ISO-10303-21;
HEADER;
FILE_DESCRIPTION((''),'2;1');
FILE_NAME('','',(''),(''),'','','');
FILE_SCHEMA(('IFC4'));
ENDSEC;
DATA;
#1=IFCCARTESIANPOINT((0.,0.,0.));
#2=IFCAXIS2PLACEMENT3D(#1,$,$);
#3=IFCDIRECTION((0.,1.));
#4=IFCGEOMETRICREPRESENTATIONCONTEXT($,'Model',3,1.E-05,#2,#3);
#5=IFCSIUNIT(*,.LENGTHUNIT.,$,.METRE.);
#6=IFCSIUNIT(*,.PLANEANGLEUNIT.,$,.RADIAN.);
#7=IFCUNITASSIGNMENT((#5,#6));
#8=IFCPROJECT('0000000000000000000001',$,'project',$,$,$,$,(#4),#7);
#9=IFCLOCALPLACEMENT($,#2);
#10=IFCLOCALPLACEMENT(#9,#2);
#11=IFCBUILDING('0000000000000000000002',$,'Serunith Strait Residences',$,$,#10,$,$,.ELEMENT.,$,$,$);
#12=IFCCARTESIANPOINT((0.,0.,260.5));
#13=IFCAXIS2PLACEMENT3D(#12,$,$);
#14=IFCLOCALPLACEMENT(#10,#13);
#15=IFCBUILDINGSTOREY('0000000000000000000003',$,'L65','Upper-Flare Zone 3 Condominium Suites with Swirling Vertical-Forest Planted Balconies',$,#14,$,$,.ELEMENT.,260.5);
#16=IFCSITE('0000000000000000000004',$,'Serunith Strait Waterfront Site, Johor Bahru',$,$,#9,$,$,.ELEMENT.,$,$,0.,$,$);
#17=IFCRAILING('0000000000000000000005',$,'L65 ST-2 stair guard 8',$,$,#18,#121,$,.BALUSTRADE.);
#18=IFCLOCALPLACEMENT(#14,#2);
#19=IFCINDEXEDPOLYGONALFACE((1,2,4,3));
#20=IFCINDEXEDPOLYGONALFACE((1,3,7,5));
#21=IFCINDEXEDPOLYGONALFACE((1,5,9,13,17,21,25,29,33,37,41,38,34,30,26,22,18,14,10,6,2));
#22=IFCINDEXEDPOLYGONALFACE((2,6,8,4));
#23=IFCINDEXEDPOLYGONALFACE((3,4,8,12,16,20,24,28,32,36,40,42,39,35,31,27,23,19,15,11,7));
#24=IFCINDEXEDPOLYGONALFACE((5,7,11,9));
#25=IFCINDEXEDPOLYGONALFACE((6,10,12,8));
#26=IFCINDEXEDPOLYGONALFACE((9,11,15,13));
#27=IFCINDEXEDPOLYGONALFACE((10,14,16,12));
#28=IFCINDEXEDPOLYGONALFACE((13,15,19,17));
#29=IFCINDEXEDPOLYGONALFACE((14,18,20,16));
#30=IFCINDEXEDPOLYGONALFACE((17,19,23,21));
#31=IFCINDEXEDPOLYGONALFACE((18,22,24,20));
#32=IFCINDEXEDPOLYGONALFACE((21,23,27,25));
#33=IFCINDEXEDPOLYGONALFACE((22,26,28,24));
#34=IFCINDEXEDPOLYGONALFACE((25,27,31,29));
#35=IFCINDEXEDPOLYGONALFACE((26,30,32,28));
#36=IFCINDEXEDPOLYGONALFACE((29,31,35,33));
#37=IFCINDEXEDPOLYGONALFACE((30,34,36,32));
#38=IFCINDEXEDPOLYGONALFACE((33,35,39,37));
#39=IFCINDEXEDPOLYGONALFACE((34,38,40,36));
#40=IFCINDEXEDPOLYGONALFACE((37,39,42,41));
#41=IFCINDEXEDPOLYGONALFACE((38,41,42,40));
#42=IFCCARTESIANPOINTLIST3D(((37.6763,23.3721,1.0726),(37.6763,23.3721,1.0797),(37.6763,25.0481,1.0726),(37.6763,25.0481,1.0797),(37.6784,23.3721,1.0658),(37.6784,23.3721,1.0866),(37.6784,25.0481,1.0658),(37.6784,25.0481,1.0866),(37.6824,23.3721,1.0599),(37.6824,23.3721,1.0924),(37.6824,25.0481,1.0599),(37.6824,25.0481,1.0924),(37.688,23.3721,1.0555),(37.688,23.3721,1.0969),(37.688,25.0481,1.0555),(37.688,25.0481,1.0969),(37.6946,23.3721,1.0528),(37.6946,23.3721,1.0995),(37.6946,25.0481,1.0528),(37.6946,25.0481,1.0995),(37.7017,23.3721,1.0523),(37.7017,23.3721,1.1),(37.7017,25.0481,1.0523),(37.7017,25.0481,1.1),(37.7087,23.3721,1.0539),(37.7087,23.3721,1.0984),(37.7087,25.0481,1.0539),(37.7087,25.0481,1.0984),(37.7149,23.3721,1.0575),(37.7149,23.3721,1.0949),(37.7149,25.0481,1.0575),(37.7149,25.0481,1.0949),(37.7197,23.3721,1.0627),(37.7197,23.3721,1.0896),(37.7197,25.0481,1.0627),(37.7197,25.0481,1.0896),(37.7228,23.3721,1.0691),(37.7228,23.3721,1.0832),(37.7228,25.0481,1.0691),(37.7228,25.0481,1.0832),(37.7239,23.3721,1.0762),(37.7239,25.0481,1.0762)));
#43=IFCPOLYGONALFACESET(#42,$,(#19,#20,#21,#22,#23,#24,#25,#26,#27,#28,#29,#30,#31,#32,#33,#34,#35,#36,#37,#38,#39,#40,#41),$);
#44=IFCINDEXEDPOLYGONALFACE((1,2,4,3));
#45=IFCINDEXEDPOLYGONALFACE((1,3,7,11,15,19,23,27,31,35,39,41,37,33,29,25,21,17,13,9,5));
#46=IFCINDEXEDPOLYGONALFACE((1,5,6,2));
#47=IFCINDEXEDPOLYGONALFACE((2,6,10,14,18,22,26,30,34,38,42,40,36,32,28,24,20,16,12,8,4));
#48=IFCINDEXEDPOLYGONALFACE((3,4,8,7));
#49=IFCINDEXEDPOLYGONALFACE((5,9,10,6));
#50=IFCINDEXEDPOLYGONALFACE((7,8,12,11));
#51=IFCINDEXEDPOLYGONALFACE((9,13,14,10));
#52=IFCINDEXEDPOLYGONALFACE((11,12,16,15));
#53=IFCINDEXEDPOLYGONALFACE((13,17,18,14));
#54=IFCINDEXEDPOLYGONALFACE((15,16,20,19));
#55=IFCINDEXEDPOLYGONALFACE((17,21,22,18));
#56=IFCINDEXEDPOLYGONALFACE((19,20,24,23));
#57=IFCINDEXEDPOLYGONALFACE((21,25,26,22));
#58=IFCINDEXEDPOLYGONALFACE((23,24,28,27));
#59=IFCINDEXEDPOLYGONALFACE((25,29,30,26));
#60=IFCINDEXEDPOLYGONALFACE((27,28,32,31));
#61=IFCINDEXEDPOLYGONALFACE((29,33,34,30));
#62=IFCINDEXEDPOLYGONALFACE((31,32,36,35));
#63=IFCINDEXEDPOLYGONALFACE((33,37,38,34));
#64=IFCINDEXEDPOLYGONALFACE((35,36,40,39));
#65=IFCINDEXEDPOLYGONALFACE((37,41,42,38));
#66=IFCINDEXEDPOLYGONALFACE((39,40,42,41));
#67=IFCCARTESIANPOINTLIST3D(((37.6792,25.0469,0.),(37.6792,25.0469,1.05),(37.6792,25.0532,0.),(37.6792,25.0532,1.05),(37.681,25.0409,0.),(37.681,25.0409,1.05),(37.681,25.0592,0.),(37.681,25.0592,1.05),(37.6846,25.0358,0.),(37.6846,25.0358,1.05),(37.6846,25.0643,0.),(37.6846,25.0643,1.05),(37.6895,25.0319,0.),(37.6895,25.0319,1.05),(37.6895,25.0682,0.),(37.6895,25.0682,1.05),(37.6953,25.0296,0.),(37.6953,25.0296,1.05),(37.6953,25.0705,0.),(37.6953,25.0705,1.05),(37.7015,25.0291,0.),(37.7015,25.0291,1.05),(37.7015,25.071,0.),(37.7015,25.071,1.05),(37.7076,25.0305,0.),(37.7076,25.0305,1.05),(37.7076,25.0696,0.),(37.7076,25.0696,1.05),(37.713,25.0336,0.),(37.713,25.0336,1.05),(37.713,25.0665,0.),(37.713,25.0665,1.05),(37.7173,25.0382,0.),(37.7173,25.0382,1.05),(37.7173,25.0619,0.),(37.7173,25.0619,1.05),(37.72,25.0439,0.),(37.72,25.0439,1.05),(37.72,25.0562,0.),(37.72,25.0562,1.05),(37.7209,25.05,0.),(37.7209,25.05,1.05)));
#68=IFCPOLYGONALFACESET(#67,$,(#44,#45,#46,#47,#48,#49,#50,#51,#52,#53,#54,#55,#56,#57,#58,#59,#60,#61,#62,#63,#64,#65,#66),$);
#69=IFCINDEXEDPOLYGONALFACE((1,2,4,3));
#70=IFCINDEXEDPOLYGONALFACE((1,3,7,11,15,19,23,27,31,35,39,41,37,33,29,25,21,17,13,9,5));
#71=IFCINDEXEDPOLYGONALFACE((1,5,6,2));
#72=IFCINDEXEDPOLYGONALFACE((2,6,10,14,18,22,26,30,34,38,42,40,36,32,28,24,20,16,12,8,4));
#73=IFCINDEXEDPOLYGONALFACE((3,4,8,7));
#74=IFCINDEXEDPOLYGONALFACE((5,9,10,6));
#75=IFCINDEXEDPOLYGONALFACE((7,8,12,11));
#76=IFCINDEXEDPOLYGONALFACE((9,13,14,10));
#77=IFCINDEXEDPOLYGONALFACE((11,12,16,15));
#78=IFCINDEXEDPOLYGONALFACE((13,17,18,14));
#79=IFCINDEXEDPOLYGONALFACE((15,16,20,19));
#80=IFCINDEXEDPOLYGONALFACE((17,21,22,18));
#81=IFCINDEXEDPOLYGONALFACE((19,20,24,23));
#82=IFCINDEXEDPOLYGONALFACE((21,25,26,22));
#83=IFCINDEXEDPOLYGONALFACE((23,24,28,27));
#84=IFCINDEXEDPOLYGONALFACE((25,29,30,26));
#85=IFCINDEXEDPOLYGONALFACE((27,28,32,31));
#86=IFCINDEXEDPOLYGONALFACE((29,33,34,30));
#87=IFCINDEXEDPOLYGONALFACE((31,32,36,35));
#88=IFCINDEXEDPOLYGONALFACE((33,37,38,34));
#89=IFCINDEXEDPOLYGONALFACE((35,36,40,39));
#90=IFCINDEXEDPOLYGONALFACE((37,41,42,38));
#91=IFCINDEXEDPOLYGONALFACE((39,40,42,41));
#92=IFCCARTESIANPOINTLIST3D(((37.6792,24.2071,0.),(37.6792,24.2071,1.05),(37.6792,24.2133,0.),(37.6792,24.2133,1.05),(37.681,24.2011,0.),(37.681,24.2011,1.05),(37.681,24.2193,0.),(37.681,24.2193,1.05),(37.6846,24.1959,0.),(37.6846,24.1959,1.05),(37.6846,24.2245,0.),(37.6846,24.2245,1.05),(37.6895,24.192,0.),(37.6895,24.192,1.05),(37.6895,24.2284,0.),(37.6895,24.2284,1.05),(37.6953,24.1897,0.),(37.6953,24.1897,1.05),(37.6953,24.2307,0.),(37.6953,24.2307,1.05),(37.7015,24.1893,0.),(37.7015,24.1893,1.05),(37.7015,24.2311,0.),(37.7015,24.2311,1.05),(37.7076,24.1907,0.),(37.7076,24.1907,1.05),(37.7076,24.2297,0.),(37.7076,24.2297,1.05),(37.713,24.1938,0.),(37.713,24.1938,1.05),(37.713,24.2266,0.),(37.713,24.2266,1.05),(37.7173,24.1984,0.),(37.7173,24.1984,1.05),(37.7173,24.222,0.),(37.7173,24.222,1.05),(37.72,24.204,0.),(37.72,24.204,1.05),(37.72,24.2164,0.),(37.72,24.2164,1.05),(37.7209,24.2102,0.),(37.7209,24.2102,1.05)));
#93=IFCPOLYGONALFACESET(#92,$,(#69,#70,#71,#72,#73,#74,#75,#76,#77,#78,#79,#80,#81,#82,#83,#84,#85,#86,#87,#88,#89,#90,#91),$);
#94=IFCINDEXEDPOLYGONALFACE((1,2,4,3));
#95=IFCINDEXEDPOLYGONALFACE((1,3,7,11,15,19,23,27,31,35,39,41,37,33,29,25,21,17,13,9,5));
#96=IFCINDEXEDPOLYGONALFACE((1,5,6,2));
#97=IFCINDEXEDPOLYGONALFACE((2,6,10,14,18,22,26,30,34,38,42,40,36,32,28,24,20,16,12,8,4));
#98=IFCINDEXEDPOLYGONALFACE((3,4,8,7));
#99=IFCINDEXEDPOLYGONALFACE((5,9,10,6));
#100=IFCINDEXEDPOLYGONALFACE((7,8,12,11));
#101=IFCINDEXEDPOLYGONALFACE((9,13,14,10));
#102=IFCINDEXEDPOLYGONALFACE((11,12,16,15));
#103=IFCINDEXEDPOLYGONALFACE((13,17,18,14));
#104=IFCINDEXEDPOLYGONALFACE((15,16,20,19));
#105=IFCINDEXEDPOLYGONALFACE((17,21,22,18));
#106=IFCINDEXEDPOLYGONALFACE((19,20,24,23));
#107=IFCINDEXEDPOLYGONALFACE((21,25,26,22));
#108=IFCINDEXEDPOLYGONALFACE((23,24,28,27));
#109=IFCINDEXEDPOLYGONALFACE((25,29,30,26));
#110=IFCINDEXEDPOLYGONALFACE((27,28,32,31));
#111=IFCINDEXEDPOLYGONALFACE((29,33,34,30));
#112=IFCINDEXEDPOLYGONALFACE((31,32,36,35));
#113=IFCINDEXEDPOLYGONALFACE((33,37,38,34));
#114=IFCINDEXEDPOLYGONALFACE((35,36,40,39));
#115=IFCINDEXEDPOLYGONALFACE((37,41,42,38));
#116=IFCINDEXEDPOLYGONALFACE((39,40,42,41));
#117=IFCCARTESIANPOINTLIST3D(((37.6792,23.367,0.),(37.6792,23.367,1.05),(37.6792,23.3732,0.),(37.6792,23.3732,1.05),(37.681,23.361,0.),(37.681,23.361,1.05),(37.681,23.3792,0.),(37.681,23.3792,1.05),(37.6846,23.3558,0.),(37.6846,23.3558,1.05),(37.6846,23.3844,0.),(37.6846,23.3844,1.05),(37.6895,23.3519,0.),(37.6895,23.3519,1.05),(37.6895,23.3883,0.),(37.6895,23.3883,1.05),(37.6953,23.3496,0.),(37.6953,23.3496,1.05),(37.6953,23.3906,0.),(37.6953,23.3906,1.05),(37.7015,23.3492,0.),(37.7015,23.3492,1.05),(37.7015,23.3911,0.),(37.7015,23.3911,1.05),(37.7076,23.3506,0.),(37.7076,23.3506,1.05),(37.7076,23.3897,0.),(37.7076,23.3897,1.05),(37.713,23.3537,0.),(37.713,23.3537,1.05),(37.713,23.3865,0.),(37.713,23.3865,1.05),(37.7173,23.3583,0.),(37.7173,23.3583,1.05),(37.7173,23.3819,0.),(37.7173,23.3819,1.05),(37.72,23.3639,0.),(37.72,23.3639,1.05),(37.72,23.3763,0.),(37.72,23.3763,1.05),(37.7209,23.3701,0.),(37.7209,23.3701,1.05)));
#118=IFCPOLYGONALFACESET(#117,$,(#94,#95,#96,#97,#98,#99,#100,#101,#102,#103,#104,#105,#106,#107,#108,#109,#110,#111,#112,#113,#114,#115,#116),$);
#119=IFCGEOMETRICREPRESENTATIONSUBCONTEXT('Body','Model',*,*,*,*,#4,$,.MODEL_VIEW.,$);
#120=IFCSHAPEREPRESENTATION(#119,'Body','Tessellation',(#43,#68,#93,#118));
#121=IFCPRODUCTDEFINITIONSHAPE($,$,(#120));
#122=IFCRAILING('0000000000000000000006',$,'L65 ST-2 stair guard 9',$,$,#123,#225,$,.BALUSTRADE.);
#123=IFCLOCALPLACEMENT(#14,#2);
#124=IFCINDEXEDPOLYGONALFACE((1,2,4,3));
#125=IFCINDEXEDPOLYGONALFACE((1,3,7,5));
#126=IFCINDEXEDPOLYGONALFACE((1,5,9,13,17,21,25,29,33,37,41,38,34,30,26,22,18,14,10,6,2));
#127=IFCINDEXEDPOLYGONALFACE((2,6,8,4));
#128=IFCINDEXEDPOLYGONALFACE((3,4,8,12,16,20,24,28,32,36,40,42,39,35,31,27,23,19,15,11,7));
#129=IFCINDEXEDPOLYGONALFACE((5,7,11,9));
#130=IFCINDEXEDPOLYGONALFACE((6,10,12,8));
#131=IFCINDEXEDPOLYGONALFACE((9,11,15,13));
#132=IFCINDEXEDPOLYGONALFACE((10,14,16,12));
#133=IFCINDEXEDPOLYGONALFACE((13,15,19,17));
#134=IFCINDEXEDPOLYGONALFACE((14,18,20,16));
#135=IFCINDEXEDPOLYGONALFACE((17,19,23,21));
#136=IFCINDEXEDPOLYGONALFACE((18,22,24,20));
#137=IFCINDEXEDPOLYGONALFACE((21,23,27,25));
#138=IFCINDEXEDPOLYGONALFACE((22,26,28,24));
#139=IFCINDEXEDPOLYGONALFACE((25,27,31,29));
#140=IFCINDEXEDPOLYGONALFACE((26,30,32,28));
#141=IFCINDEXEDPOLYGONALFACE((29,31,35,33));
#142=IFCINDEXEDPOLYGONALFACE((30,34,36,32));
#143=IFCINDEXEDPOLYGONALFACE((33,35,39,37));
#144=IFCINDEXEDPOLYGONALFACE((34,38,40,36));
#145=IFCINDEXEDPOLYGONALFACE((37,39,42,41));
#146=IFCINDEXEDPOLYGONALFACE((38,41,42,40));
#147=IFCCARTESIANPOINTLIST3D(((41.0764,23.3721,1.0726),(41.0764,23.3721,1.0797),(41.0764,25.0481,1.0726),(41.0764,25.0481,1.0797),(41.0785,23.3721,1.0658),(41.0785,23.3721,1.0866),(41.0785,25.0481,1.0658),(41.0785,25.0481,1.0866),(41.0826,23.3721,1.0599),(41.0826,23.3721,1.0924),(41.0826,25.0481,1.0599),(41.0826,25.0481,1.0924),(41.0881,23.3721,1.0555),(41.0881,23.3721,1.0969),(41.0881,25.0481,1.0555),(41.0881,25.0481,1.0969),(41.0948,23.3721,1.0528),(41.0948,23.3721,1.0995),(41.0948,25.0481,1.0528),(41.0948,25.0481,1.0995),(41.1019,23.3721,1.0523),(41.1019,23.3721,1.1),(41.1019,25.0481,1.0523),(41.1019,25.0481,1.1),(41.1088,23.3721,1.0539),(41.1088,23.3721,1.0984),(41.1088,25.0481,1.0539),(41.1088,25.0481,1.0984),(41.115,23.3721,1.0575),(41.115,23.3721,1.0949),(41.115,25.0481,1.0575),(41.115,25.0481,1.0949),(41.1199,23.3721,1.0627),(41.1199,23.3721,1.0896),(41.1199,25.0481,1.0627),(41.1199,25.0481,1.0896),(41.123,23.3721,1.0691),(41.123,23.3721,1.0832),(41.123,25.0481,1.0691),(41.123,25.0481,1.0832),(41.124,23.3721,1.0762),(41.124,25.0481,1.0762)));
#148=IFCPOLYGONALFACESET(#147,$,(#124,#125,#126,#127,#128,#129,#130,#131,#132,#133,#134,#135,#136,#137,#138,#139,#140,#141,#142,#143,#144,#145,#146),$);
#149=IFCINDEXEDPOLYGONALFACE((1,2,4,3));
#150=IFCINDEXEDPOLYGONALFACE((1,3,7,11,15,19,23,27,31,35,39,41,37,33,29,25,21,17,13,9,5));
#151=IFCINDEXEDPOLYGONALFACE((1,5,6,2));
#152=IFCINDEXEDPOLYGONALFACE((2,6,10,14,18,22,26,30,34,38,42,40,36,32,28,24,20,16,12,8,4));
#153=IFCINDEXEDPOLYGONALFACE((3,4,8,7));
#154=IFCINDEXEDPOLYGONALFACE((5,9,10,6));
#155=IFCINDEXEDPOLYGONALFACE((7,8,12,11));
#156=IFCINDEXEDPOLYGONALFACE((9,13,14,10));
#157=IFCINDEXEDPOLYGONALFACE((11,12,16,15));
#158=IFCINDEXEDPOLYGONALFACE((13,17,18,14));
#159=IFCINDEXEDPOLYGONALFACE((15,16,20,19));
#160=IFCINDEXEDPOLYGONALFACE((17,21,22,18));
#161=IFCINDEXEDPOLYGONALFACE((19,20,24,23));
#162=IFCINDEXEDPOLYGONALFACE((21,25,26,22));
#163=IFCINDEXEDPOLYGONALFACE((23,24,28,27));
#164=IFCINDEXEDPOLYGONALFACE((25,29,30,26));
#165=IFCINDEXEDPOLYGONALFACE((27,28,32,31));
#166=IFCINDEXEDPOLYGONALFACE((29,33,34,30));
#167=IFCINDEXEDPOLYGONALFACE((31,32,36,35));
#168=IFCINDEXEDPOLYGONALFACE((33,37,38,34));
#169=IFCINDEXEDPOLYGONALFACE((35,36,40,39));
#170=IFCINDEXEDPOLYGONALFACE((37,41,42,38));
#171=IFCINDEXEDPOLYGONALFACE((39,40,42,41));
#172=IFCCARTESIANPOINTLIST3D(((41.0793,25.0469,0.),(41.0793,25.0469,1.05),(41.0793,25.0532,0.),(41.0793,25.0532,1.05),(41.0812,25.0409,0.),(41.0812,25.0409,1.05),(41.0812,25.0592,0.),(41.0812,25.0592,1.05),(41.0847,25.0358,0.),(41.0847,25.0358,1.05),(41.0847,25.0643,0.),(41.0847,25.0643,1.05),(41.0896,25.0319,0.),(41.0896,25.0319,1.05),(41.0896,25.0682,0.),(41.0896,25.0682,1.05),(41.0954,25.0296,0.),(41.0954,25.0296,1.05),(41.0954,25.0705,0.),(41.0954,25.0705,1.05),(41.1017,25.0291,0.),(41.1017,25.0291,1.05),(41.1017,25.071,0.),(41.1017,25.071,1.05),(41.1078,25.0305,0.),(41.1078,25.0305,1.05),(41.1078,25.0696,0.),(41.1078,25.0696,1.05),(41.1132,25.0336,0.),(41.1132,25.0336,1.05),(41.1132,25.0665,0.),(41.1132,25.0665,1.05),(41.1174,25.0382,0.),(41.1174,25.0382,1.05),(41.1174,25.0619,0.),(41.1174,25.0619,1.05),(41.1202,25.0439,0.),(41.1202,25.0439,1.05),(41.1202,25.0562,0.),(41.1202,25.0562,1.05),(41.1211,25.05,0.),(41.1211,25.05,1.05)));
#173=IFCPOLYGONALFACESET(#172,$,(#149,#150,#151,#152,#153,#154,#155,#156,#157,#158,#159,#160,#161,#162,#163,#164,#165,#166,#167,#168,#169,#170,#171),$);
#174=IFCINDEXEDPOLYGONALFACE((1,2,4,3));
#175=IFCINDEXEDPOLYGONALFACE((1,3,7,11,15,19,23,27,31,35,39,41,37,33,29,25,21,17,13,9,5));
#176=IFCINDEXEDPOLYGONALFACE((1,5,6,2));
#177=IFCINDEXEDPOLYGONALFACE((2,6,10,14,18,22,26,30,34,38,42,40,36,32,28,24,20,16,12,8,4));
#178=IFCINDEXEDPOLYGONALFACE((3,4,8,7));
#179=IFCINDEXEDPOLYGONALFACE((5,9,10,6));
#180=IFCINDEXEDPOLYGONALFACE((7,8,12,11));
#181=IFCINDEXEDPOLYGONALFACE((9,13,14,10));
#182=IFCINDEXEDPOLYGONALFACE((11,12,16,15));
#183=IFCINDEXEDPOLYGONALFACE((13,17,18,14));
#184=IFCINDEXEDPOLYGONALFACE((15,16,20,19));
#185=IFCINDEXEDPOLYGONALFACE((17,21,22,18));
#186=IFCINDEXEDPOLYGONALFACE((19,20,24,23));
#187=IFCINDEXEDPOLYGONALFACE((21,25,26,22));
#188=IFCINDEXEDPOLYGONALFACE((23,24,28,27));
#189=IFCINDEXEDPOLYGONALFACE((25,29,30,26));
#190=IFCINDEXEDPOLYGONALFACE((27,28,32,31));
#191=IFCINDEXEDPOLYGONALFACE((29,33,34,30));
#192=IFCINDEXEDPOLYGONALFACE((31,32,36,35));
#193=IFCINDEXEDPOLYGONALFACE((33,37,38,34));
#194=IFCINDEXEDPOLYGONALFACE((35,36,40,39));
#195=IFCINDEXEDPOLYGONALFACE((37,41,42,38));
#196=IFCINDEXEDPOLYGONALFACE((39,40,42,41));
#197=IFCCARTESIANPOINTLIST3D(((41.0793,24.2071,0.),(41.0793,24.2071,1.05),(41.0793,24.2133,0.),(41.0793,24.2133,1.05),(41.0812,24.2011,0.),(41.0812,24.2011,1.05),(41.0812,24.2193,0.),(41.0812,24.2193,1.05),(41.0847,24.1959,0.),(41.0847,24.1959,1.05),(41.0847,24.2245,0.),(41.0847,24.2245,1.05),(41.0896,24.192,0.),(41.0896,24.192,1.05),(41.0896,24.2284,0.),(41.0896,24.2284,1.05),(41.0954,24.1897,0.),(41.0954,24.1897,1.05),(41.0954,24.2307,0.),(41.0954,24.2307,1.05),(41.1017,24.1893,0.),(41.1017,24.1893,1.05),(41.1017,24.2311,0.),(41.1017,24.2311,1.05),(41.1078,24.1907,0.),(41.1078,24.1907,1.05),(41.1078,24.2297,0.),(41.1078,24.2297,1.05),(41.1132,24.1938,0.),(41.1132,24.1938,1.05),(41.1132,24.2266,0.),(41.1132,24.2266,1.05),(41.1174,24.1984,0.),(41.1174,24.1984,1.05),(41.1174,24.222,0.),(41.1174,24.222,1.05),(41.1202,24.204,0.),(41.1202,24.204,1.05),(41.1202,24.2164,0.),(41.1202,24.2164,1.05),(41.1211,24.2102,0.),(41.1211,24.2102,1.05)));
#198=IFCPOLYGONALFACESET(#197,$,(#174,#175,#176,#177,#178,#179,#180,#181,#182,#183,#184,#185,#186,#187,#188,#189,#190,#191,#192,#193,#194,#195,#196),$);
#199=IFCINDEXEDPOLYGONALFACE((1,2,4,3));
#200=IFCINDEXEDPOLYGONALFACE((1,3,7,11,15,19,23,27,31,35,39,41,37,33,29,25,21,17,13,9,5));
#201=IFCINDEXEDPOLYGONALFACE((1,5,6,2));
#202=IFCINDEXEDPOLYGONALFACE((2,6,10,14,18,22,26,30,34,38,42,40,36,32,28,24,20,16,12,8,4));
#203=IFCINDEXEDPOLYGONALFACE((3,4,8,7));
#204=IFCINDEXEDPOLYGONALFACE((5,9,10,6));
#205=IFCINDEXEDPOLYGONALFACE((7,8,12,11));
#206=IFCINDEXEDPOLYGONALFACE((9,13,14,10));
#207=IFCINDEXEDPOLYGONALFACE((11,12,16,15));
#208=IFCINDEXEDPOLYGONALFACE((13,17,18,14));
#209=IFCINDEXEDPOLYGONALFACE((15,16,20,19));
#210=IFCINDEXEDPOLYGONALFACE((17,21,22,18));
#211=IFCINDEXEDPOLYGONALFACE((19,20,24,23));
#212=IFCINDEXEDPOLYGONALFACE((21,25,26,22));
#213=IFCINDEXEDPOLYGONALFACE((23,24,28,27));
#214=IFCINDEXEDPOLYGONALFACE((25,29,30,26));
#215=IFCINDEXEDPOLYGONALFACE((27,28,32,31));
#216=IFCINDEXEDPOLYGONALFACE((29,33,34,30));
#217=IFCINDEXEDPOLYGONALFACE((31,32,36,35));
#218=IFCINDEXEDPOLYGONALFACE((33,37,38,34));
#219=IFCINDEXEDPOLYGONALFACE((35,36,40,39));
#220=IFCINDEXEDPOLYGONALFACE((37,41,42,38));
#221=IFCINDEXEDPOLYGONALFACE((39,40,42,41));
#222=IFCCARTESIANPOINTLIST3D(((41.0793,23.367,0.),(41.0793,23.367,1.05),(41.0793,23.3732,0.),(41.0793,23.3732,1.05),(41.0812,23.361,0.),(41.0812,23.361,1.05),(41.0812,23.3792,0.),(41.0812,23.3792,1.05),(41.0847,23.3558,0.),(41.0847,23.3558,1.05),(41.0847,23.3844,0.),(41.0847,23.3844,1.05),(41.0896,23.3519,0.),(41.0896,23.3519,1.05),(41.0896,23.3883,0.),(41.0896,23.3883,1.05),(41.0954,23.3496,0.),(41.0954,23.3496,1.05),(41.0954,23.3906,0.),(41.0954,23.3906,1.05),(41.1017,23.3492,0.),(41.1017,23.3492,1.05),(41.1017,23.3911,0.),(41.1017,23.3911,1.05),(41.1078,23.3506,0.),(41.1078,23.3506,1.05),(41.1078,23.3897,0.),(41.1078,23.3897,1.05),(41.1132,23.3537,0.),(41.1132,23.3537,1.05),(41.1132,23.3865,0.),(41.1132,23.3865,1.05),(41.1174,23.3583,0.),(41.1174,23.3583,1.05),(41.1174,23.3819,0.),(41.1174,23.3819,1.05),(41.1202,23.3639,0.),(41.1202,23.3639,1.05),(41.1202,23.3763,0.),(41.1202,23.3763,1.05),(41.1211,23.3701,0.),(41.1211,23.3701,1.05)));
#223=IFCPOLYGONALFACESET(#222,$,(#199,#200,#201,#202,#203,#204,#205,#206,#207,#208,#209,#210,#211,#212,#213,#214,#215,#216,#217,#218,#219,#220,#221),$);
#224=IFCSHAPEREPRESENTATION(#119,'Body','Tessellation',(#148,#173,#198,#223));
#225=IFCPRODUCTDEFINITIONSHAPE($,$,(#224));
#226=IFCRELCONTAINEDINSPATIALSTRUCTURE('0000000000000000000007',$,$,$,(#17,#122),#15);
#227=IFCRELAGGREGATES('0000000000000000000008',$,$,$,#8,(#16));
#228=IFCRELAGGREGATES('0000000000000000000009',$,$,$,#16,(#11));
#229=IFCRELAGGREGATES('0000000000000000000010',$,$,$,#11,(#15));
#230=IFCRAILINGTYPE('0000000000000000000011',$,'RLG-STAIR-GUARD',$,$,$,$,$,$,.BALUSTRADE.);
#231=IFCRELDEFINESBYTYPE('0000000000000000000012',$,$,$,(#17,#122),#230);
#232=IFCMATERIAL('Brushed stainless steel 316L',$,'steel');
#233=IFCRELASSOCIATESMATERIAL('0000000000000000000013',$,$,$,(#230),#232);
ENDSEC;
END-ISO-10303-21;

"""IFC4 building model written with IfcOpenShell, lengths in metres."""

from ifc_helpers import new_model, si_unit, direction, frame, origin, origin_2d, place, context, subcontext, project, spatial, circle, extrude, material, type_object, element, save


model = new_model("IFC4")

# Units and contexts
model_context = context("Model", 3, precision=1e-05, world=origin(), true_north=direction((0.0, 1.0)))
body_context = subcontext(model_context, "Body", "Model", "MODEL_VIEW")
ifc_project = project(units=[si_unit("LENGTHUNIT", "METRE"), si_unit("PLANEANGLEUNIT", "RADIAN")], contexts=[model_context])

# Site, building, storey
site_placement = place(None, origin())
site = spatial("IfcSite", under=ifc_project, at=site_placement, Name="Serunith Strait Waterfront Site, Johor Bahru", CompositionType="ELEMENT", RefElevation=0.0)
building_placement = place(site_placement, origin())
building = spatial("IfcBuilding", under=site, at=building_placement, Name="Serunith Strait Residences", CompositionType="ELEMENT")
storey_placement = place(building_placement, frame((0.0, 0.0, 260.5)))
storey = spatial("IfcBuildingStorey", under=building, at=storey_placement, Name="L65", Description="Upper-Flare Zone 3 Condominium Suites with Swirling Vertical-Forest Planted Balconies", CompositionType="ELEMENT", Elevation=260.5)

# Railings
ifc_material_1 = material(Name="Brushed stainless steel 316L", Category="steel")
railing_type = type_object("IfcRailingType", Name="RLG-STAIR-GUARD", PredefinedType="BALUSTRADE", material=ifc_material_1)
for number, where, name in (
    (1, (37.7, 25.05, 0.0), "L65 ST-2 stair guard 8"),
    (2, (41.1001, 25.05, 0.0), "L65 ST-2 stair guard 9"),
):
    element("IfcRailing", number, at=place(storey_placement, frame(where)), inside=storey, type_object=railing_type, Name=name, PredefinedType="BALUSTRADE", context=body_context, shape_type="SweptSolid", body=[
        extrude(circle(Radius=0.0239, at=origin_2d()), frame((0.0, -0.002, 1.0762), z_axis=(0.0, -1.0, 0.0), x_axis=(1.0, 0.0, 0.0)), (0.0, 0.0, 1.0), 1.676),
        extrude(circle(Radius=0.021, at=origin_2d()), origin(), (0.0, 0.0, 1.0), 1.05),
        extrude(circle(Radius=0.021, at=origin_2d()), frame((0.0, -0.8398, 0.0)), (0.0, 0.0, 1.0), 1.05),
        extrude(circle(Radius=0.021, at=origin_2d()), frame((0.0, -1.6799, 0.0)), (0.0, 0.0, 1.0), 1.05),
    ])

save(model, "model.ifc")
